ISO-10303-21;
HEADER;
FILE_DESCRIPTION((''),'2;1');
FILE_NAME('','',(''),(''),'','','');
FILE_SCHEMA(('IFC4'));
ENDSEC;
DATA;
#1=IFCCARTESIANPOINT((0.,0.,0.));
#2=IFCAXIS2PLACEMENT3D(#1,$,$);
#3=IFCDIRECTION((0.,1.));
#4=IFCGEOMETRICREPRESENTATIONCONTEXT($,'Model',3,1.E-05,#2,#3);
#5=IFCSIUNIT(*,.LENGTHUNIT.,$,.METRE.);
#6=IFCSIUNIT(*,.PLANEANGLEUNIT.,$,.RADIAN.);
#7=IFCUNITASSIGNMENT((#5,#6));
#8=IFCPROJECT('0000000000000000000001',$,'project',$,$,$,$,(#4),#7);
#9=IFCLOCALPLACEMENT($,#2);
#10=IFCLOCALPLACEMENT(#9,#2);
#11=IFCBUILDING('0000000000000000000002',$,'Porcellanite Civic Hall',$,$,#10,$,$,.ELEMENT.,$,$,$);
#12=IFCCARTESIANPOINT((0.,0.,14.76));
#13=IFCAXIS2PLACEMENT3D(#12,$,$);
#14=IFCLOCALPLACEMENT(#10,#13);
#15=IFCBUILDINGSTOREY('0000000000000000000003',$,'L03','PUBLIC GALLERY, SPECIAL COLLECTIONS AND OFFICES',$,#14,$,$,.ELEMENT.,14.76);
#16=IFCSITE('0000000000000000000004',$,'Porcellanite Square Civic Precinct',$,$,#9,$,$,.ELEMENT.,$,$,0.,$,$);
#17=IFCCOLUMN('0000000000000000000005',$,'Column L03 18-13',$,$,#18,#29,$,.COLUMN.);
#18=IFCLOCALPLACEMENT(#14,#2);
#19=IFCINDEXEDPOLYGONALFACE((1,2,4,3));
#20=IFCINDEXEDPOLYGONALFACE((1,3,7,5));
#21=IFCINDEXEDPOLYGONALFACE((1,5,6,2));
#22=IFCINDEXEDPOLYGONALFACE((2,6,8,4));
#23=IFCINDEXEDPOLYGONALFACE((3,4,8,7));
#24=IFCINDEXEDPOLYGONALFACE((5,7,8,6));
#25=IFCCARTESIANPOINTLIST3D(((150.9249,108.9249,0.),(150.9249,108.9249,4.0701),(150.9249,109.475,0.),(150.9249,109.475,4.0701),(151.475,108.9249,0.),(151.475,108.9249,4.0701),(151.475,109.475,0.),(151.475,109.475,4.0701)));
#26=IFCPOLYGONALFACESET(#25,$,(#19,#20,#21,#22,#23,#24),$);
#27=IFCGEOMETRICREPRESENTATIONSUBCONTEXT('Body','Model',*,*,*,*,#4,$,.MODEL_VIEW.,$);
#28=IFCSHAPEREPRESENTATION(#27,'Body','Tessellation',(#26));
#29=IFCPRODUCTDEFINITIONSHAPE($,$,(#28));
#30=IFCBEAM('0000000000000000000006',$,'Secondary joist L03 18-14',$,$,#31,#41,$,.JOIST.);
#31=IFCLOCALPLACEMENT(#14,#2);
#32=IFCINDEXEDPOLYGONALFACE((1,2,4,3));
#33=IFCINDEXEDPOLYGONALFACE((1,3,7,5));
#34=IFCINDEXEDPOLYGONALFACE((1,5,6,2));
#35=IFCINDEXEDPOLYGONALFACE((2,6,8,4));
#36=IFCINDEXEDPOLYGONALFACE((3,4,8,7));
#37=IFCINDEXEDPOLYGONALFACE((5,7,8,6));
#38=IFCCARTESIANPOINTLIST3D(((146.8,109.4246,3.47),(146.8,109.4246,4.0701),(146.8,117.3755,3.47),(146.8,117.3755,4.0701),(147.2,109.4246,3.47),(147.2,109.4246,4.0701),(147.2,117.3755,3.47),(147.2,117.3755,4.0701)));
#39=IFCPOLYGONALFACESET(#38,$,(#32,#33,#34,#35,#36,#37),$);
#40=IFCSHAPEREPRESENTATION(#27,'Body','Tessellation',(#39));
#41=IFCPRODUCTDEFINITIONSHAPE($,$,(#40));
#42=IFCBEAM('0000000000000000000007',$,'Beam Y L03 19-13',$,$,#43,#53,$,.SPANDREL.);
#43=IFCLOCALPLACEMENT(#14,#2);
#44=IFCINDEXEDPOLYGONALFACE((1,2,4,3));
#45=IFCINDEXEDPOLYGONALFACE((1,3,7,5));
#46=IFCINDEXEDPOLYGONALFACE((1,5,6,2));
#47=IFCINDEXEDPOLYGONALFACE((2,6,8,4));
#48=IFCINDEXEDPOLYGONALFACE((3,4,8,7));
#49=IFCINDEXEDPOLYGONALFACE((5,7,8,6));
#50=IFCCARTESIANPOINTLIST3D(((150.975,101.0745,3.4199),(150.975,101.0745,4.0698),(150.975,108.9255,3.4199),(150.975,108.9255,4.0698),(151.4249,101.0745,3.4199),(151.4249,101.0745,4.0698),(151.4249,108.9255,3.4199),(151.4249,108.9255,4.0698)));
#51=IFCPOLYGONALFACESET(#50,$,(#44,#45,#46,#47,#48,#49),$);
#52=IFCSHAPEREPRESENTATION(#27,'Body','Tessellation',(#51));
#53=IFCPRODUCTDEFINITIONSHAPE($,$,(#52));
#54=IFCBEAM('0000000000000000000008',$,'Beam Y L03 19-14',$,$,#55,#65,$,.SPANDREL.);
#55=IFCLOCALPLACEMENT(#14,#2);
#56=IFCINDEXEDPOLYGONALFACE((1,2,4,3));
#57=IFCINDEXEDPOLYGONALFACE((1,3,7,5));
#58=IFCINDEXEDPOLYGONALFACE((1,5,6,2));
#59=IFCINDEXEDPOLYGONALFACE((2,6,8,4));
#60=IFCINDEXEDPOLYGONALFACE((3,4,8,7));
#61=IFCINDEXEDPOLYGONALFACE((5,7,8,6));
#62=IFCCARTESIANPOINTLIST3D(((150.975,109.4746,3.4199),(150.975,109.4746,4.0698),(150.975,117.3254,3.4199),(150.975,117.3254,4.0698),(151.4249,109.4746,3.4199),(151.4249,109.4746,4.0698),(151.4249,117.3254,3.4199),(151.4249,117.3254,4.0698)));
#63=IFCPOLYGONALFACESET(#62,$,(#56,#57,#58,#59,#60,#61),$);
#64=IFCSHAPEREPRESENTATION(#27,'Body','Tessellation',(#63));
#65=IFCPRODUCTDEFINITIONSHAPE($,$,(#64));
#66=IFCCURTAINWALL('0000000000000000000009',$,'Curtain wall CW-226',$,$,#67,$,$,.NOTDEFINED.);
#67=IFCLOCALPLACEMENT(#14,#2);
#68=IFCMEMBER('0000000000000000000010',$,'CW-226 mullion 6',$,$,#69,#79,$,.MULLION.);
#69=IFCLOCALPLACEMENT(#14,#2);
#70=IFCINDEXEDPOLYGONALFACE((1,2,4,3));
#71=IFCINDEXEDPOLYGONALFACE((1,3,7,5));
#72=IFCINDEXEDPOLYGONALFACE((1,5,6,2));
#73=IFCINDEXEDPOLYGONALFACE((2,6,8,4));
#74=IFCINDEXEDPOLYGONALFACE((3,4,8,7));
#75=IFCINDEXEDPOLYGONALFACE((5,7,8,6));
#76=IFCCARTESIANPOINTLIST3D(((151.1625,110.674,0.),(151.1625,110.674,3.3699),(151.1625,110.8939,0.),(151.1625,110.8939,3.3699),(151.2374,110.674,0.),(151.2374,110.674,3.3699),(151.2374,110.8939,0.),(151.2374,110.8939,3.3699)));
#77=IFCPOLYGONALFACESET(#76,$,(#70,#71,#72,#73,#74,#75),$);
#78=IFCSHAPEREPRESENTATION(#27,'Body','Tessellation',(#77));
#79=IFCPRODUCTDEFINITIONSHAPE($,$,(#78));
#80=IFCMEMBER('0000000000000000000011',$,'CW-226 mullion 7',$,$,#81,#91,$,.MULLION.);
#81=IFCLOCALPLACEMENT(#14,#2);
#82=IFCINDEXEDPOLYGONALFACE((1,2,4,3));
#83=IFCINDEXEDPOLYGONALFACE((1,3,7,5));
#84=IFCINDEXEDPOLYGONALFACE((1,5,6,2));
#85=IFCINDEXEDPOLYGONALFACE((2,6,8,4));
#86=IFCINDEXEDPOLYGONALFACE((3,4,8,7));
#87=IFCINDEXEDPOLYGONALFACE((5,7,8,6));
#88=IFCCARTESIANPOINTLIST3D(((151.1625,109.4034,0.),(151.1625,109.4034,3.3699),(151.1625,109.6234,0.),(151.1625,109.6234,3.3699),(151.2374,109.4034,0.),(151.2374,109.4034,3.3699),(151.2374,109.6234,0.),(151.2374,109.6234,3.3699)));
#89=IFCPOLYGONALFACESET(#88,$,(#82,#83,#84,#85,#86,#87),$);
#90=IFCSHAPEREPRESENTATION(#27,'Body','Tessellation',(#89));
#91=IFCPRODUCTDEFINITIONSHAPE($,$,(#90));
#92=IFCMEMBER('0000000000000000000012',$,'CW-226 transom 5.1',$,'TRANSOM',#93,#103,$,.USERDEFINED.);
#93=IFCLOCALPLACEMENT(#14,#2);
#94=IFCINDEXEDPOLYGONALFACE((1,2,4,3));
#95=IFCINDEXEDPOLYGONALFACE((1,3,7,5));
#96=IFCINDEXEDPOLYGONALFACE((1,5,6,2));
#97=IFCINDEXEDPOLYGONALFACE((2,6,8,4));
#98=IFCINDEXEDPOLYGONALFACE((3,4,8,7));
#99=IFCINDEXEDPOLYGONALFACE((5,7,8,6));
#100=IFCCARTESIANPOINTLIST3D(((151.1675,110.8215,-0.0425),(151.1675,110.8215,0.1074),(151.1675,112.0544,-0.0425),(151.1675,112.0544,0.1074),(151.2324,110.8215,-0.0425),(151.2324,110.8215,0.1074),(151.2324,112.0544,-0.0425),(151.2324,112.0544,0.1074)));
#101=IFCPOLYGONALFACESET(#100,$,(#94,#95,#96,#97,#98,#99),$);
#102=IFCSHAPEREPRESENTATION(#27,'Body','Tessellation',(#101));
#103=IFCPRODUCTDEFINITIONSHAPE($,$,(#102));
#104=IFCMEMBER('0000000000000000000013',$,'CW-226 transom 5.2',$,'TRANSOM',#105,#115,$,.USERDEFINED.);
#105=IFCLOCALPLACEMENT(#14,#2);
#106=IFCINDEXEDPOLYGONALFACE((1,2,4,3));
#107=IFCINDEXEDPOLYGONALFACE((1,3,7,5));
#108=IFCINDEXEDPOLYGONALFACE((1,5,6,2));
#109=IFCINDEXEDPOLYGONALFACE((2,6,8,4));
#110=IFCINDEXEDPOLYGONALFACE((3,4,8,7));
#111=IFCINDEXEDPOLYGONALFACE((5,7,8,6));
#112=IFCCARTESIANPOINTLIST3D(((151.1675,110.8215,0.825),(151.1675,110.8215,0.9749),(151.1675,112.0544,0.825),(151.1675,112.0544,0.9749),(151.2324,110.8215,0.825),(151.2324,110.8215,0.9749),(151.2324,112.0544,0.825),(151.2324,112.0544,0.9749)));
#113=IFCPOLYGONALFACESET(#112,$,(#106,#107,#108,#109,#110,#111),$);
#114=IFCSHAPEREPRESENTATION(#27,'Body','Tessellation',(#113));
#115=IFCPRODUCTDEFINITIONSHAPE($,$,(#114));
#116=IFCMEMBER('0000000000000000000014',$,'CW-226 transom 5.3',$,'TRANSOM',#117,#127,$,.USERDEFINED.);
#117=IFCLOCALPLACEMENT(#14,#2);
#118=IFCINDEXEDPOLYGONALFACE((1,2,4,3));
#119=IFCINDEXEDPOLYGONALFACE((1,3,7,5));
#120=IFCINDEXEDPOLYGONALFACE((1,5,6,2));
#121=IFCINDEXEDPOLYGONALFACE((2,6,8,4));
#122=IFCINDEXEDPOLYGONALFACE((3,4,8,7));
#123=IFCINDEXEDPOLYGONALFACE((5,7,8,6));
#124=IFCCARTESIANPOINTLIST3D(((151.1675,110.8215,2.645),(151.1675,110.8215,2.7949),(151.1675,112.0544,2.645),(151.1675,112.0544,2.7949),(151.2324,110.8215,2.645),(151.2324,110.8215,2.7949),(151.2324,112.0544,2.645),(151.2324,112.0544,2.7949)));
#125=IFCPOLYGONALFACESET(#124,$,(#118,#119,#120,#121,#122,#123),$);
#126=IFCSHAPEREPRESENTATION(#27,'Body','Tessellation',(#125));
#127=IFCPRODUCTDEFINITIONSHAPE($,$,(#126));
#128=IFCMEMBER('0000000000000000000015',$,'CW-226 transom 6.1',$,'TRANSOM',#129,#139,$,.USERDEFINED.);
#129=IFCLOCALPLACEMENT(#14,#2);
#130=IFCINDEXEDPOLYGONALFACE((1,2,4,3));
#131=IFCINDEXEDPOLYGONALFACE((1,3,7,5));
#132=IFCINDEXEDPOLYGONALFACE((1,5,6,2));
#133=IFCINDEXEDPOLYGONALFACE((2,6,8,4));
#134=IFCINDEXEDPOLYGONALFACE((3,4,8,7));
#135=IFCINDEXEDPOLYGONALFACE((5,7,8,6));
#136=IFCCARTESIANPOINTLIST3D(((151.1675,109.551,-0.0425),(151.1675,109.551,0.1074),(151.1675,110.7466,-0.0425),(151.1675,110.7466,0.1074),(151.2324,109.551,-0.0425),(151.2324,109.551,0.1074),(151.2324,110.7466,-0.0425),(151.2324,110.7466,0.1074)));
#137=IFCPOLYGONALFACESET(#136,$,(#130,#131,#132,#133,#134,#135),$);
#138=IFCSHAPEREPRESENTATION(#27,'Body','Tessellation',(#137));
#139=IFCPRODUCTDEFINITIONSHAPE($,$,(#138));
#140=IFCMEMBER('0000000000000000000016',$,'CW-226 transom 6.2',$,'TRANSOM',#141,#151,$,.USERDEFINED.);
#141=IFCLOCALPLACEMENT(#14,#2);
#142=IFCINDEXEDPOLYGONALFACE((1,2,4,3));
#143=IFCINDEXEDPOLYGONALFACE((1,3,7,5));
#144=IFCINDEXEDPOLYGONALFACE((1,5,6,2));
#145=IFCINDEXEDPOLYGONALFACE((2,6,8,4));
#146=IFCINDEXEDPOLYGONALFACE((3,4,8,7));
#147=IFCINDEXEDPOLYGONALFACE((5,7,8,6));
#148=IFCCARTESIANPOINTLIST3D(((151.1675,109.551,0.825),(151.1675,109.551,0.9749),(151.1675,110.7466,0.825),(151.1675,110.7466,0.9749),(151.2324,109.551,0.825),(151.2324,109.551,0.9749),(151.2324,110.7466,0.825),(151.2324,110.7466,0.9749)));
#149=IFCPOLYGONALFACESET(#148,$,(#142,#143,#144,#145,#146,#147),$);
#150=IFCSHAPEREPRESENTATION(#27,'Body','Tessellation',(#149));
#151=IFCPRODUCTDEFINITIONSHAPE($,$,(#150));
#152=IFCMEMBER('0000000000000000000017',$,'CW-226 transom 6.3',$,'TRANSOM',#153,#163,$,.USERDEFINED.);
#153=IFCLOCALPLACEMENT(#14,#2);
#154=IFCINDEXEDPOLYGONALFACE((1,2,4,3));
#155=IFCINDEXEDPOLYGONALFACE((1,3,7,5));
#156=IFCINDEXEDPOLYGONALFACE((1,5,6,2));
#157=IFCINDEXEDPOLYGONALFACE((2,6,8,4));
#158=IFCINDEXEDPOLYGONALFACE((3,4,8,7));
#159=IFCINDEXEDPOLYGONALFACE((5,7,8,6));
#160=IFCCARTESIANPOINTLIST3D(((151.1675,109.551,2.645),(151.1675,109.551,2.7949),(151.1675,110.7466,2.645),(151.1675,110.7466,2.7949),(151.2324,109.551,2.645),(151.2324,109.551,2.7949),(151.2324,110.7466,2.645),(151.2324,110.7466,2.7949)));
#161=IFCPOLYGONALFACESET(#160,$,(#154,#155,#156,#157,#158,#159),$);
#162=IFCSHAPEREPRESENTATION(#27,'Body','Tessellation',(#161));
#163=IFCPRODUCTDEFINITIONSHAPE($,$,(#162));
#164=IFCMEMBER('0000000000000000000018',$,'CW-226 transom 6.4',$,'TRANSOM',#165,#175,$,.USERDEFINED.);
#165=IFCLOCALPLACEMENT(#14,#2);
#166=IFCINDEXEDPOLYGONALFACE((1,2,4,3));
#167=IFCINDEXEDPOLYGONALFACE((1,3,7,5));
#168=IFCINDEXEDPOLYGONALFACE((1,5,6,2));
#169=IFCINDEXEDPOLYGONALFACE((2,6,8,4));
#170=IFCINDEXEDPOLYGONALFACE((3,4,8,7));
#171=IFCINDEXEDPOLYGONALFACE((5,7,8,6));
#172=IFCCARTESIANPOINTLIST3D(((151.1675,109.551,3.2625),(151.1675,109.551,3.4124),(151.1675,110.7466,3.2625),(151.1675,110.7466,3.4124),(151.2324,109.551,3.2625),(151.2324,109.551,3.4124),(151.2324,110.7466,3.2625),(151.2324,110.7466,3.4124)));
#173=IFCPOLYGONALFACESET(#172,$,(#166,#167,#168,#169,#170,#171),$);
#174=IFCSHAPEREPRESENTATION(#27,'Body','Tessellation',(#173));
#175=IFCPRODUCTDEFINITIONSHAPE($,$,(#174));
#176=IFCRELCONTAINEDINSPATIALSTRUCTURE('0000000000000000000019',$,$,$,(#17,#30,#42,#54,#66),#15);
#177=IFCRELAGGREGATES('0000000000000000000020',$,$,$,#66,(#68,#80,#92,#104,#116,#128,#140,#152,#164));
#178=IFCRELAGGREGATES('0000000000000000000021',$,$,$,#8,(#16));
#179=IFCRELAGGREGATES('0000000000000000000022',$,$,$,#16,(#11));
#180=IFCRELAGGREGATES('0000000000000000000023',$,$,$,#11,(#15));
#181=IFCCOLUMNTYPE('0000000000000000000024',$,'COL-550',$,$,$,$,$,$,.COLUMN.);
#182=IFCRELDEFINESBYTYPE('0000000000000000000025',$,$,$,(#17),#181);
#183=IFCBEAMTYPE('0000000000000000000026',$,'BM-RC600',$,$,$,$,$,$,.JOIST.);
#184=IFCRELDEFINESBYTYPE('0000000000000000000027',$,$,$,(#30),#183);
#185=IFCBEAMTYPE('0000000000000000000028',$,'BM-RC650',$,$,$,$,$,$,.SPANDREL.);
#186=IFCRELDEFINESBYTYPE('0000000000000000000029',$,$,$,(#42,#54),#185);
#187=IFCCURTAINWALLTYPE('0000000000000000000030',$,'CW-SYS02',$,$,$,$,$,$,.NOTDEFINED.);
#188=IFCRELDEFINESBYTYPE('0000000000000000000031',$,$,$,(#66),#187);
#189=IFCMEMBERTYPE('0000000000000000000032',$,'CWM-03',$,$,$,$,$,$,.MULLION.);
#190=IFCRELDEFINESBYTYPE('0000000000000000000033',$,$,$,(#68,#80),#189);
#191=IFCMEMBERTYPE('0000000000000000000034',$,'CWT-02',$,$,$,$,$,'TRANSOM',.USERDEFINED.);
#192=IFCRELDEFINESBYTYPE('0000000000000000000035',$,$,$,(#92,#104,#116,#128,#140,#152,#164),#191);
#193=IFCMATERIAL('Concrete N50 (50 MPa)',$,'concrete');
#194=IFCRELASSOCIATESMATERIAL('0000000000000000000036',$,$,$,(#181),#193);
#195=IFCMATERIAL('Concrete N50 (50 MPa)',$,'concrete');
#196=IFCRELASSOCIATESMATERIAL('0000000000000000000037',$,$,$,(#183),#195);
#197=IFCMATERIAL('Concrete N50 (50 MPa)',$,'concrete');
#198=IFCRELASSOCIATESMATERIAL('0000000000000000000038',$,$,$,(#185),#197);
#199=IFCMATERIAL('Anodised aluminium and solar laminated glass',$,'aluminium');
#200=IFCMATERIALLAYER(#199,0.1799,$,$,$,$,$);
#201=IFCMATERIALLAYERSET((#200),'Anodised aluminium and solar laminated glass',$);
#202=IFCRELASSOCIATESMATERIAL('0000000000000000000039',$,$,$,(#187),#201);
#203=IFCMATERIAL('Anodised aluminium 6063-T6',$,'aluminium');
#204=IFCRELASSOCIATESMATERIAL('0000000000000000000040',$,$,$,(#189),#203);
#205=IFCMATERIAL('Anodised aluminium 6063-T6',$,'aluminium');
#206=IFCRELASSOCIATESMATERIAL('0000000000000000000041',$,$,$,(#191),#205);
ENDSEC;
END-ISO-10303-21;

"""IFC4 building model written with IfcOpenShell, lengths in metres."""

from ifc_helpers import new_model, si_unit, direction, frame, origin, origin_2d, place, context, subcontext, project, spatial, rectangle, extrude, material, layer, layer_set, material_profile, profile_set, type_object, element, aggregate, save


model = new_model("IFC4")

# Units and contexts
model_context = context("Model", 3, precision=1e-05, world=origin(), true_north=direction((0.0, 1.0)))
body_context = subcontext(model_context, "Body", "Model", "MODEL_VIEW")
ifc_project = project(units=[si_unit("LENGTHUNIT", "METRE"), si_unit("PLANEANGLEUNIT", "RADIAN")], contexts=[model_context])

# Site, building, storey
site_placement = place(None, origin())
site = spatial("IfcSite", under=ifc_project, at=site_placement, Name="Porcellanite Square Civic Precinct", CompositionType="ELEMENT", RefElevation=0.0)
building_placement = place(site_placement, origin())
building = spatial("IfcBuilding", under=site, at=building_placement, Name="Porcellanite Civic Hall", CompositionType="ELEMENT")
storey_placement = place(building_placement, frame((0.0, 0.0, 14.76)))
storey = spatial("IfcBuildingStorey", under=building, at=storey_placement, Name="L03", Description="PUBLIC GALLERY, SPECIAL COLLECTIONS AND OFFICES", CompositionType="ELEMENT", Elevation=14.76)

# Column
ifc_material_1 = material(Name="Concrete N50 (50 MPa)", Category="concrete")
ifc_material_profile_1 = material_profile(ifc_material_1, rectangle(XDim=0.55, YDim=0.55, at=origin_2d()), Name="RC-550x550")
ifc_profile_set_1 = profile_set([ifc_material_profile_1], Name="Concrete N50 (50 MPa)")
column_type = type_object("IfcColumnType", Name="COL-550", PredefinedType="COLUMN", material=ifc_profile_set_1)
column_placement = place(storey_placement, frame((151.2, 109.2, 0.0), z_axis=(0.0, 0.0, 1.0), x_axis=(1.0, 0.0, 0.0)))
element("IfcColumn", 1, at=column_placement, inside=storey, type_object=column_type, Name="Column L03 18-13", PredefinedType="COLUMN", context=body_context, shape_type="SweptSolid", body=[
    extrude(rectangle(XDim=0.55, YDim=0.55, at=origin_2d()), origin(), (0.0, 0.0, 1.0), 4.0701),
])

# Beams
ifc_material_2 = material(Name="Concrete N50 (50 MPa)", Category="concrete")
ifc_material_profile_2 = material_profile(ifc_material_2, rectangle(XDim=0.3999, YDim=0.6001, at=origin_2d()), Name="RC-400x600")
ifc_profile_set_2 = profile_set([ifc_material_profile_2], Name="Concrete N50 (50 MPa)")
beam_type_1 = type_object("IfcBeamType", Name="BM-RC600", PredefinedType="JOIST", material=ifc_profile_set_2)
beam_1_placement = place(storey_placement, frame((147.0, 109.4246, 3.77), z_axis=(0.0, 1.0, 0.0), x_axis=(-1.0, 0.0, 0.0)))
element("IfcBeam", 2, at=beam_1_placement, inside=storey, type_object=beam_type_1, Name="Secondary joist L03 18-14", PredefinedType="JOIST", context=body_context, shape_type="SweptSolid", body=[
    extrude(rectangle(XDim=0.3999, YDim=0.6001, at=origin_2d()), origin(), (0.0, 0.0, 1.0), 7.9509),
])
ifc_material_3 = material(Name="Concrete N50 (50 MPa)", Category="concrete")
ifc_material_profile_3 = material_profile(ifc_material_3, rectangle(XDim=0.45, YDim=0.6499, at=origin_2d()), Name="RC-450x650")
ifc_profile_set_3 = profile_set([ifc_material_profile_3], Name="Concrete N50 (50 MPa)")
beam_type_2 = type_object("IfcBeamType", Name="BM-RC650", PredefinedType="SPANDREL", material=ifc_profile_set_3)
beam_2_placement = place(storey_placement, frame((151.2, 101.0745, 3.7449), z_axis=(0.0, 1.0, 0.0), x_axis=(-1.0, 0.0, 0.0)))
element("IfcBeam", 3, at=beam_2_placement, inside=storey, type_object=beam_type_2, Name="Beam Y L03 19-13", PredefinedType="SPANDREL", context=body_context, shape_type="SweptSolid", body=[
    extrude(rectangle(XDim=0.45, YDim=0.6499, at=origin_2d()), origin(), (0.0, 0.0, 1.0), 7.8511),
])
beam_3_placement = place(storey_placement, frame((151.2, 109.4746, 3.7449), z_axis=(0.0, 1.0, 0.0), x_axis=(-1.0, 0.0, 0.0)))
element("IfcBeam", 4, at=beam_3_placement, inside=storey, type_object=beam_type_2, Name="Beam Y L03 19-14", PredefinedType="SPANDREL", context=body_context, shape_type="SweptSolid", body=[
    extrude(rectangle(XDim=0.45, YDim=0.6499, at=origin_2d()), origin(), (0.0, 0.0, 1.0), 7.8508),
])

# Curtain wall, members
ifc_material_4 = material(Name="Anodised aluminium and solar laminated glass", Category="aluminium")
ifc_layer_1 = layer(ifc_material_4, 0.1799)
ifc_layer_set_1 = layer_set([ifc_layer_1], Name="Anodised aluminium and solar laminated glass")
curtain_wall_type = type_object("IfcCurtainWallType", Name="CW-SYS02", PredefinedType="NOTDEFINED", material=ifc_layer_set_1)
curtain_wall_placement = place(storey_placement, origin())
curtain_wall = element("IfcCurtainWall", 5, at=curtain_wall_placement, inside=storey, type_object=curtain_wall_type, Name="Curtain wall CW-226", PredefinedType="NOTDEFINED")
ifc_material_5 = material(Name="Anodised aluminium 6063-T6", Category="aluminium")
ifc_material_profile_4 = material_profile(ifc_material_5, rectangle(XDim=0.075, YDim=0.22, at=origin_2d()), Name="AL-75x220")
ifc_profile_set_4 = profile_set([ifc_material_profile_4], Name="Anodised aluminium 6063-T6")
member_type_1 = type_object("IfcMemberType", Name="CWM-03", PredefinedType="MULLION", material=ifc_profile_set_4)
member_1_placement = place(storey_placement, frame((151.2, 110.7839, 0.0), z_axis=(0.0, 0.0, 1.0), x_axis=(1.0, 0.0, 0.0)))
member_1 = element("IfcMember", 6, at=member_1_placement, type_object=member_type_1, Name="CW-226 mullion 6", PredefinedType="MULLION", context=body_context, shape_type="SweptSolid", body=[
    extrude(rectangle(XDim=0.075, YDim=0.22, at=origin_2d()), origin(), (0.0, 0.0, 1.0), 3.3699),
])
member_2_placement = place(storey_placement, frame((151.2, 109.5134, 0.0), z_axis=(0.0, 0.0, 1.0), x_axis=(1.0, 0.0, 0.0)))
member_2 = element("IfcMember", 7, at=member_2_placement, type_object=member_type_1, Name="CW-226 mullion 7", PredefinedType="MULLION", context=body_context, shape_type="SweptSolid", body=[
    extrude(rectangle(XDim=0.075, YDim=0.22, at=origin_2d()), origin(), (0.0, 0.0, 1.0), 3.3699),
])
ifc_material_6 = material(Name="Anodised aluminium 6063-T6", Category="aluminium")
ifc_material_profile_5 = material_profile(ifc_material_6, rectangle(XDim=0.0649, YDim=0.1499, at=origin_2d()), Name="AL-65x150")
ifc_profile_set_5 = profile_set([ifc_material_profile_5], Name="Anodised aluminium 6063-T6")
member_type_2 = type_object("IfcMemberType", Name="CWT-02", ElementType="TRANSOM", PredefinedType="USERDEFINED", material=ifc_profile_set_5)
member_3_placement = place(storey_placement, frame((151.2, 112.0544, 0.0325), z_axis=(0.0, -1.0, 0.0), x_axis=(1.0, 0.0, 0.0)))
member_3 = element("IfcMember", 8, at=member_3_placement, type_object=member_type_2, Name="CW-226 transom 5.1", ObjectType="TRANSOM", PredefinedType="USERDEFINED", context=body_context, shape_type="SweptSolid", body=[
    extrude(rectangle(XDim=0.0649, YDim=0.1499, at=origin_2d()), origin(), (0.0, 0.0, 1.0), 1.2329),
])
member_4_placement = place(storey_placement, frame((151.2, 112.0544, 0.8999), z_axis=(0.0, -1.0, 0.0), x_axis=(1.0, 0.0, 0.0)))
member_4 = element("IfcMember", 9, at=member_4_placement, type_object=member_type_2, Name="CW-226 transom 5.2", ObjectType="TRANSOM", PredefinedType="USERDEFINED", context=body_context, shape_type="SweptSolid", body=[
    extrude(rectangle(XDim=0.0649, YDim=0.1499, at=origin_2d()), origin(), (0.0, 0.0, 1.0), 1.2329),
])
member_5_placement = place(storey_placement, frame((151.2, 112.0544, 2.72), z_axis=(0.0, -1.0, 0.0), x_axis=(1.0, 0.0, 0.0)))
member_5 = element("IfcMember", 10, at=member_5_placement, type_object=member_type_2, Name="CW-226 transom 5.3", ObjectType="TRANSOM", PredefinedType="USERDEFINED", context=body_context, shape_type="SweptSolid", body=[
    extrude(rectangle(XDim=0.0649, YDim=0.1499, at=origin_2d()), origin(), (0.0, 0.0, 1.0), 1.2329),
])
member_6_placement = place(storey_placement, frame((151.2, 110.7466, 0.0325), z_axis=(0.0, -1.0, 0.0), x_axis=(1.0, 0.0, 0.0)))
member_6 = element("IfcMember", 11, at=member_6_placement, type_object=member_type_2, Name="CW-226 transom 6.1", ObjectType="TRANSOM", PredefinedType="USERDEFINED", context=body_context, shape_type="SweptSolid", body=[
    extrude(rectangle(XDim=0.0649, YDim=0.1499, at=origin_2d()), origin(), (0.0, 0.0, 1.0), 1.1956),
])
member_7_placement = place(storey_placement, frame((151.2, 110.7466, 0.8999), z_axis=(0.0, -1.0, 0.0), x_axis=(1.0, 0.0, 0.0)))
member_7 = element("IfcMember", 12, at=member_7_placement, type_object=member_type_2, Name="CW-226 transom 6.2", ObjectType="TRANSOM", PredefinedType="USERDEFINED", context=body_context, shape_type="SweptSolid", body=[
    extrude(rectangle(XDim=0.0649, YDim=0.1499, at=origin_2d()), origin(), (0.0, 0.0, 1.0), 1.1956),
])
member_8_placement = place(storey_placement, frame((151.2, 110.7466, 2.72), z_axis=(0.0, -1.0, 0.0), x_axis=(1.0, 0.0, 0.0)))
member_8 = element("IfcMember", 13, at=member_8_placement, type_object=member_type_2, Name="CW-226 transom 6.3", ObjectType="TRANSOM", PredefinedType="USERDEFINED", context=body_context, shape_type="SweptSolid", body=[
    extrude(rectangle(XDim=0.0649, YDim=0.1499, at=origin_2d()), origin(), (0.0, 0.0, 1.0), 1.1956),
])
member_9_placement = place(storey_placement, frame((151.2, 110.7466, 3.3374), z_axis=(0.0, -1.0, 0.0), x_axis=(1.0, 0.0, 0.0)))
member_9 = element("IfcMember", 14, at=member_9_placement, type_object=member_type_2, Name="CW-226 transom 6.4", ObjectType="TRANSOM", PredefinedType="USERDEFINED", context=body_context, shape_type="SweptSolid", body=[
    extrude(rectangle(XDim=0.0649, YDim=0.1499, at=origin_2d()), origin(), (0.0, 0.0, 1.0), 1.1956),
])

aggregate(curtain_wall, [member_1, member_2, member_3, member_4, member_5, member_6, member_7, member_8, member_9])

save(model, "model.ifc")
